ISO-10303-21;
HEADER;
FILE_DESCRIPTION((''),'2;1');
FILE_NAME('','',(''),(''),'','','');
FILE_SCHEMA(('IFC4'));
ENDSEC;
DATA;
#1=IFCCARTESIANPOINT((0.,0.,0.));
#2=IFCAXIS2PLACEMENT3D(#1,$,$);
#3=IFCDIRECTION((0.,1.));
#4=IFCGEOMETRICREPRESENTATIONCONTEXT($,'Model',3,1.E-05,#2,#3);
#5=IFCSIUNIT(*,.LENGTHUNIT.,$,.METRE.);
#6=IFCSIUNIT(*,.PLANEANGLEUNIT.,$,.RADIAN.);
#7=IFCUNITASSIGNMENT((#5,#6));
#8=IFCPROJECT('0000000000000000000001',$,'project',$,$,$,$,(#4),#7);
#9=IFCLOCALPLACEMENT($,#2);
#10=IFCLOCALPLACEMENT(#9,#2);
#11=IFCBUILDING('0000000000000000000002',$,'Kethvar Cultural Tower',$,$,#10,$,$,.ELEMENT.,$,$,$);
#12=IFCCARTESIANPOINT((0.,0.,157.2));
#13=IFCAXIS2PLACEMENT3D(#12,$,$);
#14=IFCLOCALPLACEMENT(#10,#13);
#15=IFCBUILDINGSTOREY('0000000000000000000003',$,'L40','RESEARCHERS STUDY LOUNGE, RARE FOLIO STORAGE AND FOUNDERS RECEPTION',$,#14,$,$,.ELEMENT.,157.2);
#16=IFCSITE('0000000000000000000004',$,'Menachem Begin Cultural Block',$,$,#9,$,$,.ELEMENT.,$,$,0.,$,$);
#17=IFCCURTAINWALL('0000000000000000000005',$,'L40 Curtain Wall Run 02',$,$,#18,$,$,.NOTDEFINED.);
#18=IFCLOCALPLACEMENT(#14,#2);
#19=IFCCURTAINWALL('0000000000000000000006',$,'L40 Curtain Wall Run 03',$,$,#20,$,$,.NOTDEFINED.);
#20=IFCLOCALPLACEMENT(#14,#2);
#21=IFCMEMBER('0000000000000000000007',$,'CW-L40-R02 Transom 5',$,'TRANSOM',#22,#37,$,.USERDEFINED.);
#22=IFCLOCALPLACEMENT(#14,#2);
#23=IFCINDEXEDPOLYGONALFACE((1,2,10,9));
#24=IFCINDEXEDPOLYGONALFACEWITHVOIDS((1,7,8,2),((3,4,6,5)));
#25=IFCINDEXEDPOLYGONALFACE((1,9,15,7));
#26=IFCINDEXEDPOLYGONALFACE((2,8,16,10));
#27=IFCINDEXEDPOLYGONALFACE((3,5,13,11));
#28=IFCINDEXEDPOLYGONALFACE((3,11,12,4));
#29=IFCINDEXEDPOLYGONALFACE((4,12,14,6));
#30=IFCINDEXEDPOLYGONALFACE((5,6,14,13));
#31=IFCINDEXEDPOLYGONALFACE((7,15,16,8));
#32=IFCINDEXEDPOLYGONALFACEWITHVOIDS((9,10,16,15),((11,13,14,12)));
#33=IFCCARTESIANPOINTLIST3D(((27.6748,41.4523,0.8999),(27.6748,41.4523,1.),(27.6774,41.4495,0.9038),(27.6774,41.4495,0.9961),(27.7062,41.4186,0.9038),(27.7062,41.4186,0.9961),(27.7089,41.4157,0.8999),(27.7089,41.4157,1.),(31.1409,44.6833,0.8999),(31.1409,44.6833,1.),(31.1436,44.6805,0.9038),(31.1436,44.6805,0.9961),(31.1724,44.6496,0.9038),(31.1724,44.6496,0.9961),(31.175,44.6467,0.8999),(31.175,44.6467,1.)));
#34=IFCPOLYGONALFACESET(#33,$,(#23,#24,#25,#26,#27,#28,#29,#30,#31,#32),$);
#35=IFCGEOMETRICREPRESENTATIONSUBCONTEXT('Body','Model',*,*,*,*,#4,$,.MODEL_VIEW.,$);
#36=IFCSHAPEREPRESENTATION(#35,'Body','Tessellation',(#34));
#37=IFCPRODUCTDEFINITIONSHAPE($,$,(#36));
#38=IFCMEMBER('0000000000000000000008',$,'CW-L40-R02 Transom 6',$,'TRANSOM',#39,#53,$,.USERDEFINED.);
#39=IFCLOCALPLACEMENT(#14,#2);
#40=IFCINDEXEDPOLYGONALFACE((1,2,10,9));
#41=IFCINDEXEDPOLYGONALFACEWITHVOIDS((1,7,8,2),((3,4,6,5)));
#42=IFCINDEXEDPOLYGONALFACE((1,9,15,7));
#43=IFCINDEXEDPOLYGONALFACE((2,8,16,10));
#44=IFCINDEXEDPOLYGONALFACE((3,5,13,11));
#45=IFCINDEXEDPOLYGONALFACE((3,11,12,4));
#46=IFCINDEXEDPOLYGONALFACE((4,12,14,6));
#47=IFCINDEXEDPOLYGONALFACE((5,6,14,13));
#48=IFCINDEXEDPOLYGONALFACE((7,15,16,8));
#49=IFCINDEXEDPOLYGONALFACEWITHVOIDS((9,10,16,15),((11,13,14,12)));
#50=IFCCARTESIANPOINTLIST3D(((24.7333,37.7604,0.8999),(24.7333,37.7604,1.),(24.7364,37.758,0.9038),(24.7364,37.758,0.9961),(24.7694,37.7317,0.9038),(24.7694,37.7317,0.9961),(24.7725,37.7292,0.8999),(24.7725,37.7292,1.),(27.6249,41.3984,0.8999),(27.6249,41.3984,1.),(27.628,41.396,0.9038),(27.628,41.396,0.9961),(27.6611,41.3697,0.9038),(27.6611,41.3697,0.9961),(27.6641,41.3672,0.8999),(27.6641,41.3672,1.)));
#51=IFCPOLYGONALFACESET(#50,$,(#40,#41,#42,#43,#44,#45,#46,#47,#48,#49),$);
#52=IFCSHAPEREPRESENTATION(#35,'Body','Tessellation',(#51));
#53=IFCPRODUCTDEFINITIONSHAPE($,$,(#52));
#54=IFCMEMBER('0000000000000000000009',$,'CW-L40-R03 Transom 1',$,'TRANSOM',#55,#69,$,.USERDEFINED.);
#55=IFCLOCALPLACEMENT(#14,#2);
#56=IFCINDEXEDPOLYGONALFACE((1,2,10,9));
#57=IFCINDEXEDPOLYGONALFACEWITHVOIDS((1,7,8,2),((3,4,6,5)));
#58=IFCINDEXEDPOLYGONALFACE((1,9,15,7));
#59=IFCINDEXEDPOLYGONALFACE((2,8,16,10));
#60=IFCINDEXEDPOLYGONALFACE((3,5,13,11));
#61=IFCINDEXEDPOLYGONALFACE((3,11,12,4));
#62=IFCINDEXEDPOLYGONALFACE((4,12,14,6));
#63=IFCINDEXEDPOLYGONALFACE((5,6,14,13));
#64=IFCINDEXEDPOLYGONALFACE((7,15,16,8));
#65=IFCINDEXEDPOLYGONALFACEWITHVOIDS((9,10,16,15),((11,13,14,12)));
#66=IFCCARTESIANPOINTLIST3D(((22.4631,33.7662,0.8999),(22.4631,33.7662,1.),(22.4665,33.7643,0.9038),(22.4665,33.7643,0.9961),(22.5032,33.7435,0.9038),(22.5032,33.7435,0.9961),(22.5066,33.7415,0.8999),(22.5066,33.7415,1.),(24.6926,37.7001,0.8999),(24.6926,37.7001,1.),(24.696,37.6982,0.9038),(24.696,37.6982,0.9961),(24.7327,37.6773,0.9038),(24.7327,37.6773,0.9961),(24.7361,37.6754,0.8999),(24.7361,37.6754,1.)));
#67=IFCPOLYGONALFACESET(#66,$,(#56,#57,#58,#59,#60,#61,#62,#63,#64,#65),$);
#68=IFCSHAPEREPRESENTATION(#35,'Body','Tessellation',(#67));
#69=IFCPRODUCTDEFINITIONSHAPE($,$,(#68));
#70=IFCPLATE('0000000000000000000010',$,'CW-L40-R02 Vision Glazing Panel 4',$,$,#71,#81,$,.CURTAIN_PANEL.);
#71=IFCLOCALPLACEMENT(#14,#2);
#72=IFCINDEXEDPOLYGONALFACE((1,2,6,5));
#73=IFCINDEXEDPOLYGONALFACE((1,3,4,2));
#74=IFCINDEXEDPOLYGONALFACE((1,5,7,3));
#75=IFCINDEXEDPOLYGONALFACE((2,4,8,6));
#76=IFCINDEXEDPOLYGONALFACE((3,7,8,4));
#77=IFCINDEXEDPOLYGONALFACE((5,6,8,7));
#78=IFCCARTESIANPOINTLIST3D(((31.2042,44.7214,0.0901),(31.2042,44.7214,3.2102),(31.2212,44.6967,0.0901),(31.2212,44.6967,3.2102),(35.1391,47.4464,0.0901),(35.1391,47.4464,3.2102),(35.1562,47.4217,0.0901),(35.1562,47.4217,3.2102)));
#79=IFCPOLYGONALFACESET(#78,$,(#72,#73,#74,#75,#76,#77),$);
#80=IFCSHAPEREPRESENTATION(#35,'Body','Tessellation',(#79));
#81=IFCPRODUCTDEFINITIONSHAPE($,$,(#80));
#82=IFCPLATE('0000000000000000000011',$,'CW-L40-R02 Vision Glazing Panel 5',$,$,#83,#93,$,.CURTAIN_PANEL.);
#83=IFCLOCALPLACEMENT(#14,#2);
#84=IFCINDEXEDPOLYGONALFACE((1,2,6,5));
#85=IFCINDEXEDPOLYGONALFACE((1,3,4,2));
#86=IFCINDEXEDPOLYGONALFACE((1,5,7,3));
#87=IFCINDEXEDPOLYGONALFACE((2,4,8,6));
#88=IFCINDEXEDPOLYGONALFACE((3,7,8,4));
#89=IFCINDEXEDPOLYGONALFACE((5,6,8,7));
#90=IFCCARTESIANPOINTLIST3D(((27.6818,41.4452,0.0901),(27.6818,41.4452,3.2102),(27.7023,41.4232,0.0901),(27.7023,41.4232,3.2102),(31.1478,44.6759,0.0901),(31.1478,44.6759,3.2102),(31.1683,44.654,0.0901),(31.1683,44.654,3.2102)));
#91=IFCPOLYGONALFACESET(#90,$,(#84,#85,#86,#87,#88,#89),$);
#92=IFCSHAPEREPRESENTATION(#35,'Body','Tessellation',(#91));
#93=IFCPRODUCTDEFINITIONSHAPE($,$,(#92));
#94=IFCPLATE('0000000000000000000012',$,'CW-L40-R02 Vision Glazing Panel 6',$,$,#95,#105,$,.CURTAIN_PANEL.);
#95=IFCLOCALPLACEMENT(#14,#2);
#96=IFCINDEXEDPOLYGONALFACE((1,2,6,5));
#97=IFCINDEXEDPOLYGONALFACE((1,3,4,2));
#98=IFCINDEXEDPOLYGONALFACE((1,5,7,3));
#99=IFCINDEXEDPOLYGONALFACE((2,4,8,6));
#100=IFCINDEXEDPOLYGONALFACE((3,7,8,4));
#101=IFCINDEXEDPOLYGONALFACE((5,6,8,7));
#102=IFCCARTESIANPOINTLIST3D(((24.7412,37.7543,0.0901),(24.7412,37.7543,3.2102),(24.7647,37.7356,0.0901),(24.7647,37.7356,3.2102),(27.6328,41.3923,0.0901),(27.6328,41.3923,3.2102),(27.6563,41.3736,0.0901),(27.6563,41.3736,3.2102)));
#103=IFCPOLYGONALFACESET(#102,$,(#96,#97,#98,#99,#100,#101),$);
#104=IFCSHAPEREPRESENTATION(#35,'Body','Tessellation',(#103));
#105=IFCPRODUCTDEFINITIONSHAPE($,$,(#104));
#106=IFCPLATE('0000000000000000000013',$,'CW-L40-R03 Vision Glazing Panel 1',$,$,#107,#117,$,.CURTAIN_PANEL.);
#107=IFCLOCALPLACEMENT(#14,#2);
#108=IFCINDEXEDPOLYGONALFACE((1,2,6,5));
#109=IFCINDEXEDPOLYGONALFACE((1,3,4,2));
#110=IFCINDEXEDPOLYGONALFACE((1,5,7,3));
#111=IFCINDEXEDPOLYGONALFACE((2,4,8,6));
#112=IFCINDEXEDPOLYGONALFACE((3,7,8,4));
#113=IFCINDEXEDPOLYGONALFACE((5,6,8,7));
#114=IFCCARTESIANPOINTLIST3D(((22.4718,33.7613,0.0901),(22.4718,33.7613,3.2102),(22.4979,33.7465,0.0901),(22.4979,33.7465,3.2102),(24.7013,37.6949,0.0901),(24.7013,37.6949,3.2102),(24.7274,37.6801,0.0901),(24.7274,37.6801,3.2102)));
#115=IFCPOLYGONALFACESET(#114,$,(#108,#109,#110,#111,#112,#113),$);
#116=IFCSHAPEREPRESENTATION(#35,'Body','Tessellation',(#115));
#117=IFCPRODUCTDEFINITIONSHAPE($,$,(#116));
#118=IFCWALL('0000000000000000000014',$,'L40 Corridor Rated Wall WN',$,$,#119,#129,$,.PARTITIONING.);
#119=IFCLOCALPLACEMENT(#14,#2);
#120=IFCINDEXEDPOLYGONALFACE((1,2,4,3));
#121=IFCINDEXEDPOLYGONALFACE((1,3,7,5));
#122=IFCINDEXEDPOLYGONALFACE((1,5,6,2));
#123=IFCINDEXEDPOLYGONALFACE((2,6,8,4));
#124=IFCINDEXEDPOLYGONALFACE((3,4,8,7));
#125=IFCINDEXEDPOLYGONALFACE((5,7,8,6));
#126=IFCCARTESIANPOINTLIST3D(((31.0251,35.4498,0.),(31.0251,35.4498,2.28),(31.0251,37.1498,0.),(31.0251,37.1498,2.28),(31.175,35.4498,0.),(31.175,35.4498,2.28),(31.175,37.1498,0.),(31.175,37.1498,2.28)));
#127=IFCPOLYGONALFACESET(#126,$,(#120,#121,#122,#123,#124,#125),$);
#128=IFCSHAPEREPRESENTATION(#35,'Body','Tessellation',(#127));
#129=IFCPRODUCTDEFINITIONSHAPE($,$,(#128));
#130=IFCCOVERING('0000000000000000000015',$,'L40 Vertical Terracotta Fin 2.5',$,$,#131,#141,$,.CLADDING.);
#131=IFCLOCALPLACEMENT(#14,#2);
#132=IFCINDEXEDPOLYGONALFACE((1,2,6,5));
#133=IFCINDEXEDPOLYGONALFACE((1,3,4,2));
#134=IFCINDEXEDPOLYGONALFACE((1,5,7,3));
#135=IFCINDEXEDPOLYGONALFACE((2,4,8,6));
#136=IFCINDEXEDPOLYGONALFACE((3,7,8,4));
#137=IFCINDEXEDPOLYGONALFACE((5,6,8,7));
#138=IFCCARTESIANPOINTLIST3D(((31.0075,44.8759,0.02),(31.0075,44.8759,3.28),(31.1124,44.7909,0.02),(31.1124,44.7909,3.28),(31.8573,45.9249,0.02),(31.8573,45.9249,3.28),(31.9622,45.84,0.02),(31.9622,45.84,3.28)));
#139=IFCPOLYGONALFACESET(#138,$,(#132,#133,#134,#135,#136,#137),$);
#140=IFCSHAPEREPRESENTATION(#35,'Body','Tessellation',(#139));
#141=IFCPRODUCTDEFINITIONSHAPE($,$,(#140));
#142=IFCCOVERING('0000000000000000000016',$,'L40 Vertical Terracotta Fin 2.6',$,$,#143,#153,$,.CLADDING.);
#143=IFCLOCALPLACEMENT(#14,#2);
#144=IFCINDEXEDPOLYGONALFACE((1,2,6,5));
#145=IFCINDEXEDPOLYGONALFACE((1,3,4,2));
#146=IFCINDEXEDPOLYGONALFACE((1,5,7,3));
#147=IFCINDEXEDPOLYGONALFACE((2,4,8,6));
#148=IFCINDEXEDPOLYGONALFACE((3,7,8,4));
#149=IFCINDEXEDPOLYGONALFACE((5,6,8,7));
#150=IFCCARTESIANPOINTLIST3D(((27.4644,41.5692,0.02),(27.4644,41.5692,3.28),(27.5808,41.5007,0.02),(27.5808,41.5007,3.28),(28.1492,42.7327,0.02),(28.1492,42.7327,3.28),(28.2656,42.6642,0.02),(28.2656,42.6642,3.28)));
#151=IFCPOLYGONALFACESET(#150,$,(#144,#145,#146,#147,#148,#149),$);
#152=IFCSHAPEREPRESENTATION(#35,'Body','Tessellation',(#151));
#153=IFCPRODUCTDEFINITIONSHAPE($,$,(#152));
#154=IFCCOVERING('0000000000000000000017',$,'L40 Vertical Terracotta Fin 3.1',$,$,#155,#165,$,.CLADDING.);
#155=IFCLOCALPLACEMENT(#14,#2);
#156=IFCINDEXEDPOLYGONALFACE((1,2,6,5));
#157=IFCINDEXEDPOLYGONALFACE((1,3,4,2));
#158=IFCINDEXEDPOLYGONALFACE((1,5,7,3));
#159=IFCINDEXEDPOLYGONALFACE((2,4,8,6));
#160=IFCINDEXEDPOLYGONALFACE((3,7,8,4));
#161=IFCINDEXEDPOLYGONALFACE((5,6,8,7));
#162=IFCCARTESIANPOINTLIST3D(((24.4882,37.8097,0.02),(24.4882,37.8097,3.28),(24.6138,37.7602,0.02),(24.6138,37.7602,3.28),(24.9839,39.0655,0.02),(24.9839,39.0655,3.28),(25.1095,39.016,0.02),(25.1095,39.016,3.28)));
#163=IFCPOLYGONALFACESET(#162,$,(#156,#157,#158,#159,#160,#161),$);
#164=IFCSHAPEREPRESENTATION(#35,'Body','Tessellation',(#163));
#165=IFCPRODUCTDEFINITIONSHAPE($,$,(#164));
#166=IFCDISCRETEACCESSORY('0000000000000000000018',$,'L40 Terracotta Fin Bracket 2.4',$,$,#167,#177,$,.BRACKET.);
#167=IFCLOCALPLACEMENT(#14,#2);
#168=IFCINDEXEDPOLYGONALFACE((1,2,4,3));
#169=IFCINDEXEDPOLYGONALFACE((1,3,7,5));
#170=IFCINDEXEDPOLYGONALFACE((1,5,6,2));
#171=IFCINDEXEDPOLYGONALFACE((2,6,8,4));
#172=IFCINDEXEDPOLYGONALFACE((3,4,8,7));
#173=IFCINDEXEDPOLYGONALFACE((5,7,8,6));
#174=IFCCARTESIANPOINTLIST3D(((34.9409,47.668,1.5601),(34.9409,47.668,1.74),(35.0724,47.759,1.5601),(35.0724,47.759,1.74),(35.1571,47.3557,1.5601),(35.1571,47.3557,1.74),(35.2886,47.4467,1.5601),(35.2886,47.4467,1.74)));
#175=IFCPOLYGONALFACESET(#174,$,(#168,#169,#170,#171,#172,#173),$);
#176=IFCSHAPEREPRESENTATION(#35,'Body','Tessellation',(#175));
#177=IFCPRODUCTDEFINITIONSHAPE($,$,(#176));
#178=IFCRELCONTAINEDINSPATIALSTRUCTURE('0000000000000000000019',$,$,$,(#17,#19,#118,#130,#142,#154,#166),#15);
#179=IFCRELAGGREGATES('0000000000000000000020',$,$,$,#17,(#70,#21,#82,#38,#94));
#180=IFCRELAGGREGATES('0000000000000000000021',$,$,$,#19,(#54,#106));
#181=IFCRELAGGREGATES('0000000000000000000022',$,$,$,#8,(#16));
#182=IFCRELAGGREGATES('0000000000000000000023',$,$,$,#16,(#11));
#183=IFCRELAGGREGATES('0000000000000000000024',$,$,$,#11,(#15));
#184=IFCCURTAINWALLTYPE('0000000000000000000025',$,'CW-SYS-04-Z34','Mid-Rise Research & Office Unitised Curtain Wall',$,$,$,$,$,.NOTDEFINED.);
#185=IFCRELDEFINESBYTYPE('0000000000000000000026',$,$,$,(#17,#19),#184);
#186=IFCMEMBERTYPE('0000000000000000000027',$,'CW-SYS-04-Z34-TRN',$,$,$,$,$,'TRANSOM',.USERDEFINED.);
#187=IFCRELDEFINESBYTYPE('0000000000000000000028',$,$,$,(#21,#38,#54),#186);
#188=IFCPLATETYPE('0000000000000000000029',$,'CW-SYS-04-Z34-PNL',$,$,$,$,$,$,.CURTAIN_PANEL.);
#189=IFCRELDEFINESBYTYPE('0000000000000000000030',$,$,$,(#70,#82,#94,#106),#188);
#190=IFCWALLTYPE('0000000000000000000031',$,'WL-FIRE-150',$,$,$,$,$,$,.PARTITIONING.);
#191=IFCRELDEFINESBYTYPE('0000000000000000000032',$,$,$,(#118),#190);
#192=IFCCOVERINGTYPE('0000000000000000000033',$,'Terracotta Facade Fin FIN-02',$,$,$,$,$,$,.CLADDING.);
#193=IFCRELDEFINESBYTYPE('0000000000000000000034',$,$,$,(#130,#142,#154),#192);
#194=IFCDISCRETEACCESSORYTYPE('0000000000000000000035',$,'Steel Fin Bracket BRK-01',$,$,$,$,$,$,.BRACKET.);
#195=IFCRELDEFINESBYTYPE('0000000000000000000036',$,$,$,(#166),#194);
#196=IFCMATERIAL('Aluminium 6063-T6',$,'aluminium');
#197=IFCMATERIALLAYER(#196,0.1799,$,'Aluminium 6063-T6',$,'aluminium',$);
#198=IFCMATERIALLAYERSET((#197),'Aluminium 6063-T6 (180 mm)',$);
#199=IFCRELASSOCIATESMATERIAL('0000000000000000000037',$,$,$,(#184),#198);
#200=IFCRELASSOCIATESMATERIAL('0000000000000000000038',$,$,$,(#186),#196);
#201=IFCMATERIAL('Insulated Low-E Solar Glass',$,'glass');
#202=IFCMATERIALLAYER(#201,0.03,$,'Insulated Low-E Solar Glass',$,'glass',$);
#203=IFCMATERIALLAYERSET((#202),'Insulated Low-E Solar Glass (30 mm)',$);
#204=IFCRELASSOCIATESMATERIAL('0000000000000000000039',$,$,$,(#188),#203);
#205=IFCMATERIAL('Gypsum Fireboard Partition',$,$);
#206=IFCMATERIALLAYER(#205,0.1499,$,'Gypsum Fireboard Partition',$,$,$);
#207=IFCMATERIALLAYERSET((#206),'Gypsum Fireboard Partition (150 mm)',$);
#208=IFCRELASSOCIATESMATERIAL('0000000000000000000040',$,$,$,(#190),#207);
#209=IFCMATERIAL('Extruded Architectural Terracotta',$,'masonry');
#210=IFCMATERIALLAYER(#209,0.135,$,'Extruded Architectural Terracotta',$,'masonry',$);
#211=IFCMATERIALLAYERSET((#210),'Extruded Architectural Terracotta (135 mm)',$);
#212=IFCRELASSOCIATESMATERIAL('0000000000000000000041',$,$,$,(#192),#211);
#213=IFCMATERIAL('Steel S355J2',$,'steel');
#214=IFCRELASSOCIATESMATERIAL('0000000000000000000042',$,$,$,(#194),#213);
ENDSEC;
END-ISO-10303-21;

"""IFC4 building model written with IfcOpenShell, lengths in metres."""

from ifc_helpers import new_model, si_unit, direction, frame, frame_2d, origin, origin_2d, place, context, subcontext, project, spatial, rectangle, hollow_rectangle, extrude, source, transform, mapped, material, layer, layer_set, material_profile, profile_set, type_object, element, aggregate, save


model = new_model("IFC4")

# Units and contexts
model_context = context("Model", 3, precision=1e-05, world=origin(), true_north=direction((0.0, 1.0)))
body_context = subcontext(model_context, "Body", "Model", "MODEL_VIEW")
ifc_project = project(units=[si_unit("LENGTHUNIT", "METRE"), si_unit("PLANEANGLEUNIT", "RADIAN")], contexts=[model_context])

# Site, building, storey
site_placement = place(None, origin())
site = spatial("IfcSite", under=ifc_project, at=site_placement, Name="Menachem Begin Cultural Block", CompositionType="ELEMENT", RefElevation=0.0)
building_placement = place(site_placement, origin())
building = spatial("IfcBuilding", under=site, at=building_placement, Name="Kethvar Cultural Tower", CompositionType="ELEMENT")
storey_placement = place(building_placement, frame((0.0, 0.0, 157.2)))
storey = spatial("IfcBuildingStorey", under=building, at=storey_placement, Name="L40", Description="RESEARCHERS STUDY LOUNGE, RARE FOLIO STORAGE AND FOUNDERS RECEPTION", CompositionType="ELEMENT", Elevation=157.2)

# Shared definitions
ifc_material_1 = material(Name="Steel S355J2", Category="steel")

# Curtain wall
ifc_material_2 = material(Name="Aluminium 6063-T6", Category="aluminium")
ifc_layer_1 = layer(ifc_material_2, 0.1799, Name="Aluminium 6063-T6", Category="aluminium")
ifc_layer_set_1 = layer_set([ifc_layer_1], Name="Aluminium 6063-T6 (180 mm)")
curtain_wall_type = type_object("IfcCurtainWallType", Name="CW-SYS-04-Z34", Description="Mid-Rise Research & Office Unitised Curtain Wall", PredefinedType="NOTDEFINED", material=ifc_layer_set_1)
curtain_wall_1_placement = place(storey_placement, origin())
curtain_wall_1 = element("IfcCurtainWall", 1, at=curtain_wall_1_placement, inside=storey, type_object=curtain_wall_type, Name="L40 Curtain Wall Run 02", PredefinedType="NOTDEFINED")

# Curtain wall
curtain_wall_2_placement = place(storey_placement, origin())
curtain_wall_2 = element("IfcCurtainWall", 2, at=curtain_wall_2_placement, inside=storey, type_object=curtain_wall_type, Name="L40 Curtain Wall Run 03", PredefinedType="NOTDEFINED")

# Members
ifc_material_profile_1 = material_profile(ifc_material_2, hollow_rectangle(XDim=0.05, YDim=0.1001, WallThickness=0.0039, at=origin_2d()), Name="Aluminium 6063-T6 — RHS100x50x4")
ifc_profile_set_1 = profile_set([ifc_material_profile_1], Name="Aluminium 6063-T6 — RHS100x50x4")
member_type_1 = type_object("IfcMemberType", Name="CW-SYS-04-Z34-TRN", ElementType="TRANSOM", PredefinedType="USERDEFINED", material=ifc_profile_set_1)
shared_shape_1 = source(origin(), body_context, "Body", "SweptSolid", [
    extrude(hollow_rectangle(XDim=0.05, YDim=0.1001, WallThickness=0.0039, at=origin_2d()), origin(), (0.0, 0.0, 1.0), 4.7385),
])
member_1_placement = place(storey_placement, frame((31.158, 44.665, 0.95), z_axis=(-0.73148, -0.681863, 0.0), x_axis=(0.681863, -0.73148, 0.0)))
member_1 = element("IfcMember", 3, at=member_1_placement, type_object=member_type_1, Name="CW-L40-R02 Transom 5", ObjectType="TRANSOM", PredefinedType="USERDEFINED", context=body_context, shape_type="MappedRepresentation", body=[
    mapped(shared_shape_1, transform((0.0, 0.0, 0.0), scale=1.0)),
])
shared_shape_2 = source(origin(), body_context, "Body", "SweptSolid", [
    extrude(hollow_rectangle(XDim=0.05, YDim=0.1001, WallThickness=0.0039, at=origin_2d()), origin(), (0.0, 0.0, 1.0), 4.6472),
])
member_2_placement = place(storey_placement, frame((27.6445, 41.3828, 0.95), z_axis=(-0.622232, -0.782833, 0.0), x_axis=(0.782833, -0.622232, 0.0)))
member_2 = element("IfcMember", 4, at=member_2_placement, type_object=member_type_1, Name="CW-L40-R02 Transom 6", ObjectType="TRANSOM", PredefinedType="USERDEFINED", context=body_context, shape_type="MappedRepresentation", body=[
    mapped(shared_shape_2, transform((0.0, 0.0, 0.0), scale=1.0)),
])
shared_shape_3 = source(origin(), body_context, "Body", "SweptSolid", [
    extrude(hollow_rectangle(XDim=0.05, YDim=0.1001, WallThickness=0.0039, at=origin_2d()), origin(), (0.0, 0.0, 1.0), 4.5217),
])
member_3_placement = place(storey_placement, frame((24.7144, 37.6877, 0.95), z_axis=(-0.493066, -0.869992, 0.0), x_axis=(0.869992, -0.493066, 0.0)))
member_3 = element("IfcMember", 5, at=member_3_placement, type_object=member_type_1, Name="CW-L40-R03 Transom 1", ObjectType="TRANSOM", PredefinedType="USERDEFINED", context=body_context, shape_type="MappedRepresentation", body=[
    mapped(shared_shape_3, transform((0.0, 0.0, 0.0), scale=1.0)),
])

# Plates
ifc_material_3 = material(Name="Insulated Low-E Solar Glass", Category="glass")
ifc_layer_2 = layer(ifc_material_3, 0.03, Name="Insulated Low-E Solar Glass", Category="glass")
ifc_layer_set_2 = layer_set([ifc_layer_2], Name="Insulated Low-E Solar Glass (30 mm)")
plate_type = type_object("IfcPlateType", Name="CW-SYS-04-Z34-PNL", PredefinedType="CURTAIN_PANEL", material=ifc_layer_set_2)
shared_shape_4 = source(origin(), body_context, "Body", "SweptSolid", [
    extrude(rectangle(XDim=4.7864, YDim=0.03, at=origin_2d()), origin(), (0.0, 0.0, 1.0), 3.1201),
])
plate_1_placement = place(storey_placement, frame((33.1802, 46.0715, 0.0901), z_axis=(0.0, 0.0, 1.0), x_axis=(-0.822114, -0.569323, 0.0)))
plate_1 = element("IfcPlate", 6, at=plate_1_placement, type_object=plate_type, Name="CW-L40-R02 Vision Glazing Panel 4", PredefinedType="CURTAIN_PANEL", context=body_context, shape_type="MappedRepresentation", body=[
    mapped(shared_shape_4, transform((0.0, 0.0, 0.0), scale=1.0)),
])
shared_shape_5 = source(origin(), body_context, "Body", "SweptSolid", [
    extrude(rectangle(XDim=4.7383, YDim=0.03, at=origin_2d()), origin(), (0.0, 0.0, 1.0), 3.1201),
])
plate_2_placement = place(storey_placement, frame((29.425, 43.0496, 0.0901), z_axis=(0.0, 0.0, 1.0), x_axis=(-0.731497, -0.681845, 0.0)))
plate_2 = element("IfcPlate", 7, at=plate_2_placement, type_object=plate_type, Name="CW-L40-R02 Vision Glazing Panel 5", PredefinedType="CURTAIN_PANEL", context=body_context, shape_type="MappedRepresentation", body=[
    mapped(shared_shape_5, transform((0.0, 0.0, 0.0), scale=1.0)),
])
shared_shape_6 = source(origin(), body_context, "Body", "SweptSolid", [
    extrude(rectangle(XDim=4.6472, YDim=0.03, at=origin_2d()), origin(), (0.0, 0.0, 1.0), 3.1201),
])
plate_3_placement = place(storey_placement, frame((26.1987, 39.564, 0.0901), z_axis=(0.0, 0.0, 1.0), x_axis=(-0.622228, -0.782836, 0.0)))
plate_3 = element("IfcPlate", 8, at=plate_3_placement, type_object=plate_type, Name="CW-L40-R02 Vision Glazing Panel 6", PredefinedType="CURTAIN_PANEL", context=body_context, shape_type="MappedRepresentation", body=[
    mapped(shared_shape_6, transform((0.0, 0.0, 0.0), scale=1.0)),
])
aggregate(curtain_wall_1, [plate_1, member_1, plate_2, member_2, plate_3])
shared_shape_7 = source(origin(), body_context, "Body", "SweptSolid", [
    extrude(rectangle(XDim=4.5215, YDim=0.03, at=origin_2d()), origin(), (0.0, 0.0, 1.0), 3.1201),
])
plate_4_placement = place(storey_placement, frame((23.5996, 35.7207, 0.0901), z_axis=(0.0, 0.0, 1.0), x_axis=(-0.493092, -0.869977, 0.0)))
plate_4 = element("IfcPlate", 9, at=plate_4_placement, type_object=plate_type, Name="CW-L40-R03 Vision Glazing Panel 1", PredefinedType="CURTAIN_PANEL", context=body_context, shape_type="MappedRepresentation", body=[
    mapped(shared_shape_7, transform((0.0, 0.0, 0.0), scale=1.0)),
])
aggregate(curtain_wall_2, [member_3, plate_4])

# Wall
ifc_material_4 = material(Name="Gypsum Fireboard Partition")
ifc_layer_3 = layer(ifc_material_4, 0.1499, Name="Gypsum Fireboard Partition")
ifc_layer_set_3 = layer_set([ifc_layer_3], Name="Gypsum Fireboard Partition (150 mm)")
wall_type = type_object("IfcWallType", Name="WL-FIRE-150", PredefinedType="PARTITIONING", material=ifc_layer_set_3)
wall_placement = place(storey_placement, frame((31.1001, 37.1499, 0.0), z_axis=(0.0, 0.0, 1.0), x_axis=(0.0, -1.0, 0.0)))
element("IfcWall", 10, at=wall_placement, inside=storey, type_object=wall_type, Name="L40 Corridor Rated Wall WN", PredefinedType="PARTITIONING", context=body_context, shape_type="SweptSolid", body=[
    extrude(rectangle(XDim=1.7, YDim=0.1499, at=frame_2d((0.8501, 0.0))), origin(), (0.0, 0.0, 1.0), 2.28),
])

# Coverings
ifc_material_5 = material(Name="Extruded Architectural Terracotta", Category="masonry")
ifc_layer_4 = layer(ifc_material_5, 0.135, Name="Extruded Architectural Terracotta", Category="masonry")
ifc_layer_set_4 = layer_set([ifc_layer_4], Name="Extruded Architectural Terracotta (135 mm)")
covering_type = type_object("IfcCoveringType", Name="Terracotta Facade Fin FIN-02", PredefinedType="CLADDING", material=ifc_layer_set_4)
shared_shape_8 = source(origin(), body_context, "Body", "SweptSolid", [
    extrude(rectangle(XDim=1.3501, YDim=0.135, at=origin_2d()), origin(), (0.0, 0.0, 1.0), 3.26),
])
for number, where, z_axis, x_axis, name in (
    (11, (31.4849, 45.3579, 0.02), (0.0, 0.0, 1.0), (0.629456, 0.777036, 0.0), "L40 Vertical Terracotta Fin 2.5"),
    (12, (27.865, 42.1167, 0.02), (0.0, 0.0, 1.0), (0.507238, 0.861806, 0.0), "L40 Vertical Terracotta Fin 2.6"),
    (13, (24.7988, 38.4128, 0.02), (0.0, 0.0, 1.0), (0.367151, 0.930161, 0.0), "L40 Vertical Terracotta Fin 3.1"),
):
    element("IfcCovering", number, at=place(storey_placement, frame(where, z_axis=z_axis, x_axis=x_axis)), inside=storey, type_object=covering_type, Name=name, PredefinedType="CLADDING", context=body_context, shape_type="MappedRepresentation", body=[
        mapped(shared_shape_8, transform((0.0, 0.0, 0.0), scale=1.0)),
    ])

# Discrete accessory
discrete_accessory_type = type_object("IfcDiscreteAccessoryType", Name="Steel Fin Bracket BRK-01", PredefinedType="BRACKET", material=ifc_material_1)
shared_shape_9 = source(origin(), body_context, "Body", "SweptSolid", [
    extrude(rectangle(XDim=0.3799, YDim=0.1599, at=origin_2d()), origin(), (0.0, 0.0, 1.0), 0.1799),
])
for number, where, z_axis, x_axis, name in (
    (14, (35.1147, 47.5574, 1.5601), (0.0, 0.0, 1.0), (-0.56928, 0.822144, 0.0), "L40 Terracotta Fin Bracket 2.4"),
):
    element("IfcDiscreteAccessory", number, at=place(storey_placement, frame(where, z_axis=z_axis, x_axis=x_axis)), inside=storey, type_object=discrete_accessory_type, Name=name, PredefinedType="BRACKET", context=body_context, shape_type="MappedRepresentation", body=[
        mapped(shared_shape_9, transform((0.0, 0.0, 0.0), scale=1.0)),
    ])

save(model, "model.ifc")
